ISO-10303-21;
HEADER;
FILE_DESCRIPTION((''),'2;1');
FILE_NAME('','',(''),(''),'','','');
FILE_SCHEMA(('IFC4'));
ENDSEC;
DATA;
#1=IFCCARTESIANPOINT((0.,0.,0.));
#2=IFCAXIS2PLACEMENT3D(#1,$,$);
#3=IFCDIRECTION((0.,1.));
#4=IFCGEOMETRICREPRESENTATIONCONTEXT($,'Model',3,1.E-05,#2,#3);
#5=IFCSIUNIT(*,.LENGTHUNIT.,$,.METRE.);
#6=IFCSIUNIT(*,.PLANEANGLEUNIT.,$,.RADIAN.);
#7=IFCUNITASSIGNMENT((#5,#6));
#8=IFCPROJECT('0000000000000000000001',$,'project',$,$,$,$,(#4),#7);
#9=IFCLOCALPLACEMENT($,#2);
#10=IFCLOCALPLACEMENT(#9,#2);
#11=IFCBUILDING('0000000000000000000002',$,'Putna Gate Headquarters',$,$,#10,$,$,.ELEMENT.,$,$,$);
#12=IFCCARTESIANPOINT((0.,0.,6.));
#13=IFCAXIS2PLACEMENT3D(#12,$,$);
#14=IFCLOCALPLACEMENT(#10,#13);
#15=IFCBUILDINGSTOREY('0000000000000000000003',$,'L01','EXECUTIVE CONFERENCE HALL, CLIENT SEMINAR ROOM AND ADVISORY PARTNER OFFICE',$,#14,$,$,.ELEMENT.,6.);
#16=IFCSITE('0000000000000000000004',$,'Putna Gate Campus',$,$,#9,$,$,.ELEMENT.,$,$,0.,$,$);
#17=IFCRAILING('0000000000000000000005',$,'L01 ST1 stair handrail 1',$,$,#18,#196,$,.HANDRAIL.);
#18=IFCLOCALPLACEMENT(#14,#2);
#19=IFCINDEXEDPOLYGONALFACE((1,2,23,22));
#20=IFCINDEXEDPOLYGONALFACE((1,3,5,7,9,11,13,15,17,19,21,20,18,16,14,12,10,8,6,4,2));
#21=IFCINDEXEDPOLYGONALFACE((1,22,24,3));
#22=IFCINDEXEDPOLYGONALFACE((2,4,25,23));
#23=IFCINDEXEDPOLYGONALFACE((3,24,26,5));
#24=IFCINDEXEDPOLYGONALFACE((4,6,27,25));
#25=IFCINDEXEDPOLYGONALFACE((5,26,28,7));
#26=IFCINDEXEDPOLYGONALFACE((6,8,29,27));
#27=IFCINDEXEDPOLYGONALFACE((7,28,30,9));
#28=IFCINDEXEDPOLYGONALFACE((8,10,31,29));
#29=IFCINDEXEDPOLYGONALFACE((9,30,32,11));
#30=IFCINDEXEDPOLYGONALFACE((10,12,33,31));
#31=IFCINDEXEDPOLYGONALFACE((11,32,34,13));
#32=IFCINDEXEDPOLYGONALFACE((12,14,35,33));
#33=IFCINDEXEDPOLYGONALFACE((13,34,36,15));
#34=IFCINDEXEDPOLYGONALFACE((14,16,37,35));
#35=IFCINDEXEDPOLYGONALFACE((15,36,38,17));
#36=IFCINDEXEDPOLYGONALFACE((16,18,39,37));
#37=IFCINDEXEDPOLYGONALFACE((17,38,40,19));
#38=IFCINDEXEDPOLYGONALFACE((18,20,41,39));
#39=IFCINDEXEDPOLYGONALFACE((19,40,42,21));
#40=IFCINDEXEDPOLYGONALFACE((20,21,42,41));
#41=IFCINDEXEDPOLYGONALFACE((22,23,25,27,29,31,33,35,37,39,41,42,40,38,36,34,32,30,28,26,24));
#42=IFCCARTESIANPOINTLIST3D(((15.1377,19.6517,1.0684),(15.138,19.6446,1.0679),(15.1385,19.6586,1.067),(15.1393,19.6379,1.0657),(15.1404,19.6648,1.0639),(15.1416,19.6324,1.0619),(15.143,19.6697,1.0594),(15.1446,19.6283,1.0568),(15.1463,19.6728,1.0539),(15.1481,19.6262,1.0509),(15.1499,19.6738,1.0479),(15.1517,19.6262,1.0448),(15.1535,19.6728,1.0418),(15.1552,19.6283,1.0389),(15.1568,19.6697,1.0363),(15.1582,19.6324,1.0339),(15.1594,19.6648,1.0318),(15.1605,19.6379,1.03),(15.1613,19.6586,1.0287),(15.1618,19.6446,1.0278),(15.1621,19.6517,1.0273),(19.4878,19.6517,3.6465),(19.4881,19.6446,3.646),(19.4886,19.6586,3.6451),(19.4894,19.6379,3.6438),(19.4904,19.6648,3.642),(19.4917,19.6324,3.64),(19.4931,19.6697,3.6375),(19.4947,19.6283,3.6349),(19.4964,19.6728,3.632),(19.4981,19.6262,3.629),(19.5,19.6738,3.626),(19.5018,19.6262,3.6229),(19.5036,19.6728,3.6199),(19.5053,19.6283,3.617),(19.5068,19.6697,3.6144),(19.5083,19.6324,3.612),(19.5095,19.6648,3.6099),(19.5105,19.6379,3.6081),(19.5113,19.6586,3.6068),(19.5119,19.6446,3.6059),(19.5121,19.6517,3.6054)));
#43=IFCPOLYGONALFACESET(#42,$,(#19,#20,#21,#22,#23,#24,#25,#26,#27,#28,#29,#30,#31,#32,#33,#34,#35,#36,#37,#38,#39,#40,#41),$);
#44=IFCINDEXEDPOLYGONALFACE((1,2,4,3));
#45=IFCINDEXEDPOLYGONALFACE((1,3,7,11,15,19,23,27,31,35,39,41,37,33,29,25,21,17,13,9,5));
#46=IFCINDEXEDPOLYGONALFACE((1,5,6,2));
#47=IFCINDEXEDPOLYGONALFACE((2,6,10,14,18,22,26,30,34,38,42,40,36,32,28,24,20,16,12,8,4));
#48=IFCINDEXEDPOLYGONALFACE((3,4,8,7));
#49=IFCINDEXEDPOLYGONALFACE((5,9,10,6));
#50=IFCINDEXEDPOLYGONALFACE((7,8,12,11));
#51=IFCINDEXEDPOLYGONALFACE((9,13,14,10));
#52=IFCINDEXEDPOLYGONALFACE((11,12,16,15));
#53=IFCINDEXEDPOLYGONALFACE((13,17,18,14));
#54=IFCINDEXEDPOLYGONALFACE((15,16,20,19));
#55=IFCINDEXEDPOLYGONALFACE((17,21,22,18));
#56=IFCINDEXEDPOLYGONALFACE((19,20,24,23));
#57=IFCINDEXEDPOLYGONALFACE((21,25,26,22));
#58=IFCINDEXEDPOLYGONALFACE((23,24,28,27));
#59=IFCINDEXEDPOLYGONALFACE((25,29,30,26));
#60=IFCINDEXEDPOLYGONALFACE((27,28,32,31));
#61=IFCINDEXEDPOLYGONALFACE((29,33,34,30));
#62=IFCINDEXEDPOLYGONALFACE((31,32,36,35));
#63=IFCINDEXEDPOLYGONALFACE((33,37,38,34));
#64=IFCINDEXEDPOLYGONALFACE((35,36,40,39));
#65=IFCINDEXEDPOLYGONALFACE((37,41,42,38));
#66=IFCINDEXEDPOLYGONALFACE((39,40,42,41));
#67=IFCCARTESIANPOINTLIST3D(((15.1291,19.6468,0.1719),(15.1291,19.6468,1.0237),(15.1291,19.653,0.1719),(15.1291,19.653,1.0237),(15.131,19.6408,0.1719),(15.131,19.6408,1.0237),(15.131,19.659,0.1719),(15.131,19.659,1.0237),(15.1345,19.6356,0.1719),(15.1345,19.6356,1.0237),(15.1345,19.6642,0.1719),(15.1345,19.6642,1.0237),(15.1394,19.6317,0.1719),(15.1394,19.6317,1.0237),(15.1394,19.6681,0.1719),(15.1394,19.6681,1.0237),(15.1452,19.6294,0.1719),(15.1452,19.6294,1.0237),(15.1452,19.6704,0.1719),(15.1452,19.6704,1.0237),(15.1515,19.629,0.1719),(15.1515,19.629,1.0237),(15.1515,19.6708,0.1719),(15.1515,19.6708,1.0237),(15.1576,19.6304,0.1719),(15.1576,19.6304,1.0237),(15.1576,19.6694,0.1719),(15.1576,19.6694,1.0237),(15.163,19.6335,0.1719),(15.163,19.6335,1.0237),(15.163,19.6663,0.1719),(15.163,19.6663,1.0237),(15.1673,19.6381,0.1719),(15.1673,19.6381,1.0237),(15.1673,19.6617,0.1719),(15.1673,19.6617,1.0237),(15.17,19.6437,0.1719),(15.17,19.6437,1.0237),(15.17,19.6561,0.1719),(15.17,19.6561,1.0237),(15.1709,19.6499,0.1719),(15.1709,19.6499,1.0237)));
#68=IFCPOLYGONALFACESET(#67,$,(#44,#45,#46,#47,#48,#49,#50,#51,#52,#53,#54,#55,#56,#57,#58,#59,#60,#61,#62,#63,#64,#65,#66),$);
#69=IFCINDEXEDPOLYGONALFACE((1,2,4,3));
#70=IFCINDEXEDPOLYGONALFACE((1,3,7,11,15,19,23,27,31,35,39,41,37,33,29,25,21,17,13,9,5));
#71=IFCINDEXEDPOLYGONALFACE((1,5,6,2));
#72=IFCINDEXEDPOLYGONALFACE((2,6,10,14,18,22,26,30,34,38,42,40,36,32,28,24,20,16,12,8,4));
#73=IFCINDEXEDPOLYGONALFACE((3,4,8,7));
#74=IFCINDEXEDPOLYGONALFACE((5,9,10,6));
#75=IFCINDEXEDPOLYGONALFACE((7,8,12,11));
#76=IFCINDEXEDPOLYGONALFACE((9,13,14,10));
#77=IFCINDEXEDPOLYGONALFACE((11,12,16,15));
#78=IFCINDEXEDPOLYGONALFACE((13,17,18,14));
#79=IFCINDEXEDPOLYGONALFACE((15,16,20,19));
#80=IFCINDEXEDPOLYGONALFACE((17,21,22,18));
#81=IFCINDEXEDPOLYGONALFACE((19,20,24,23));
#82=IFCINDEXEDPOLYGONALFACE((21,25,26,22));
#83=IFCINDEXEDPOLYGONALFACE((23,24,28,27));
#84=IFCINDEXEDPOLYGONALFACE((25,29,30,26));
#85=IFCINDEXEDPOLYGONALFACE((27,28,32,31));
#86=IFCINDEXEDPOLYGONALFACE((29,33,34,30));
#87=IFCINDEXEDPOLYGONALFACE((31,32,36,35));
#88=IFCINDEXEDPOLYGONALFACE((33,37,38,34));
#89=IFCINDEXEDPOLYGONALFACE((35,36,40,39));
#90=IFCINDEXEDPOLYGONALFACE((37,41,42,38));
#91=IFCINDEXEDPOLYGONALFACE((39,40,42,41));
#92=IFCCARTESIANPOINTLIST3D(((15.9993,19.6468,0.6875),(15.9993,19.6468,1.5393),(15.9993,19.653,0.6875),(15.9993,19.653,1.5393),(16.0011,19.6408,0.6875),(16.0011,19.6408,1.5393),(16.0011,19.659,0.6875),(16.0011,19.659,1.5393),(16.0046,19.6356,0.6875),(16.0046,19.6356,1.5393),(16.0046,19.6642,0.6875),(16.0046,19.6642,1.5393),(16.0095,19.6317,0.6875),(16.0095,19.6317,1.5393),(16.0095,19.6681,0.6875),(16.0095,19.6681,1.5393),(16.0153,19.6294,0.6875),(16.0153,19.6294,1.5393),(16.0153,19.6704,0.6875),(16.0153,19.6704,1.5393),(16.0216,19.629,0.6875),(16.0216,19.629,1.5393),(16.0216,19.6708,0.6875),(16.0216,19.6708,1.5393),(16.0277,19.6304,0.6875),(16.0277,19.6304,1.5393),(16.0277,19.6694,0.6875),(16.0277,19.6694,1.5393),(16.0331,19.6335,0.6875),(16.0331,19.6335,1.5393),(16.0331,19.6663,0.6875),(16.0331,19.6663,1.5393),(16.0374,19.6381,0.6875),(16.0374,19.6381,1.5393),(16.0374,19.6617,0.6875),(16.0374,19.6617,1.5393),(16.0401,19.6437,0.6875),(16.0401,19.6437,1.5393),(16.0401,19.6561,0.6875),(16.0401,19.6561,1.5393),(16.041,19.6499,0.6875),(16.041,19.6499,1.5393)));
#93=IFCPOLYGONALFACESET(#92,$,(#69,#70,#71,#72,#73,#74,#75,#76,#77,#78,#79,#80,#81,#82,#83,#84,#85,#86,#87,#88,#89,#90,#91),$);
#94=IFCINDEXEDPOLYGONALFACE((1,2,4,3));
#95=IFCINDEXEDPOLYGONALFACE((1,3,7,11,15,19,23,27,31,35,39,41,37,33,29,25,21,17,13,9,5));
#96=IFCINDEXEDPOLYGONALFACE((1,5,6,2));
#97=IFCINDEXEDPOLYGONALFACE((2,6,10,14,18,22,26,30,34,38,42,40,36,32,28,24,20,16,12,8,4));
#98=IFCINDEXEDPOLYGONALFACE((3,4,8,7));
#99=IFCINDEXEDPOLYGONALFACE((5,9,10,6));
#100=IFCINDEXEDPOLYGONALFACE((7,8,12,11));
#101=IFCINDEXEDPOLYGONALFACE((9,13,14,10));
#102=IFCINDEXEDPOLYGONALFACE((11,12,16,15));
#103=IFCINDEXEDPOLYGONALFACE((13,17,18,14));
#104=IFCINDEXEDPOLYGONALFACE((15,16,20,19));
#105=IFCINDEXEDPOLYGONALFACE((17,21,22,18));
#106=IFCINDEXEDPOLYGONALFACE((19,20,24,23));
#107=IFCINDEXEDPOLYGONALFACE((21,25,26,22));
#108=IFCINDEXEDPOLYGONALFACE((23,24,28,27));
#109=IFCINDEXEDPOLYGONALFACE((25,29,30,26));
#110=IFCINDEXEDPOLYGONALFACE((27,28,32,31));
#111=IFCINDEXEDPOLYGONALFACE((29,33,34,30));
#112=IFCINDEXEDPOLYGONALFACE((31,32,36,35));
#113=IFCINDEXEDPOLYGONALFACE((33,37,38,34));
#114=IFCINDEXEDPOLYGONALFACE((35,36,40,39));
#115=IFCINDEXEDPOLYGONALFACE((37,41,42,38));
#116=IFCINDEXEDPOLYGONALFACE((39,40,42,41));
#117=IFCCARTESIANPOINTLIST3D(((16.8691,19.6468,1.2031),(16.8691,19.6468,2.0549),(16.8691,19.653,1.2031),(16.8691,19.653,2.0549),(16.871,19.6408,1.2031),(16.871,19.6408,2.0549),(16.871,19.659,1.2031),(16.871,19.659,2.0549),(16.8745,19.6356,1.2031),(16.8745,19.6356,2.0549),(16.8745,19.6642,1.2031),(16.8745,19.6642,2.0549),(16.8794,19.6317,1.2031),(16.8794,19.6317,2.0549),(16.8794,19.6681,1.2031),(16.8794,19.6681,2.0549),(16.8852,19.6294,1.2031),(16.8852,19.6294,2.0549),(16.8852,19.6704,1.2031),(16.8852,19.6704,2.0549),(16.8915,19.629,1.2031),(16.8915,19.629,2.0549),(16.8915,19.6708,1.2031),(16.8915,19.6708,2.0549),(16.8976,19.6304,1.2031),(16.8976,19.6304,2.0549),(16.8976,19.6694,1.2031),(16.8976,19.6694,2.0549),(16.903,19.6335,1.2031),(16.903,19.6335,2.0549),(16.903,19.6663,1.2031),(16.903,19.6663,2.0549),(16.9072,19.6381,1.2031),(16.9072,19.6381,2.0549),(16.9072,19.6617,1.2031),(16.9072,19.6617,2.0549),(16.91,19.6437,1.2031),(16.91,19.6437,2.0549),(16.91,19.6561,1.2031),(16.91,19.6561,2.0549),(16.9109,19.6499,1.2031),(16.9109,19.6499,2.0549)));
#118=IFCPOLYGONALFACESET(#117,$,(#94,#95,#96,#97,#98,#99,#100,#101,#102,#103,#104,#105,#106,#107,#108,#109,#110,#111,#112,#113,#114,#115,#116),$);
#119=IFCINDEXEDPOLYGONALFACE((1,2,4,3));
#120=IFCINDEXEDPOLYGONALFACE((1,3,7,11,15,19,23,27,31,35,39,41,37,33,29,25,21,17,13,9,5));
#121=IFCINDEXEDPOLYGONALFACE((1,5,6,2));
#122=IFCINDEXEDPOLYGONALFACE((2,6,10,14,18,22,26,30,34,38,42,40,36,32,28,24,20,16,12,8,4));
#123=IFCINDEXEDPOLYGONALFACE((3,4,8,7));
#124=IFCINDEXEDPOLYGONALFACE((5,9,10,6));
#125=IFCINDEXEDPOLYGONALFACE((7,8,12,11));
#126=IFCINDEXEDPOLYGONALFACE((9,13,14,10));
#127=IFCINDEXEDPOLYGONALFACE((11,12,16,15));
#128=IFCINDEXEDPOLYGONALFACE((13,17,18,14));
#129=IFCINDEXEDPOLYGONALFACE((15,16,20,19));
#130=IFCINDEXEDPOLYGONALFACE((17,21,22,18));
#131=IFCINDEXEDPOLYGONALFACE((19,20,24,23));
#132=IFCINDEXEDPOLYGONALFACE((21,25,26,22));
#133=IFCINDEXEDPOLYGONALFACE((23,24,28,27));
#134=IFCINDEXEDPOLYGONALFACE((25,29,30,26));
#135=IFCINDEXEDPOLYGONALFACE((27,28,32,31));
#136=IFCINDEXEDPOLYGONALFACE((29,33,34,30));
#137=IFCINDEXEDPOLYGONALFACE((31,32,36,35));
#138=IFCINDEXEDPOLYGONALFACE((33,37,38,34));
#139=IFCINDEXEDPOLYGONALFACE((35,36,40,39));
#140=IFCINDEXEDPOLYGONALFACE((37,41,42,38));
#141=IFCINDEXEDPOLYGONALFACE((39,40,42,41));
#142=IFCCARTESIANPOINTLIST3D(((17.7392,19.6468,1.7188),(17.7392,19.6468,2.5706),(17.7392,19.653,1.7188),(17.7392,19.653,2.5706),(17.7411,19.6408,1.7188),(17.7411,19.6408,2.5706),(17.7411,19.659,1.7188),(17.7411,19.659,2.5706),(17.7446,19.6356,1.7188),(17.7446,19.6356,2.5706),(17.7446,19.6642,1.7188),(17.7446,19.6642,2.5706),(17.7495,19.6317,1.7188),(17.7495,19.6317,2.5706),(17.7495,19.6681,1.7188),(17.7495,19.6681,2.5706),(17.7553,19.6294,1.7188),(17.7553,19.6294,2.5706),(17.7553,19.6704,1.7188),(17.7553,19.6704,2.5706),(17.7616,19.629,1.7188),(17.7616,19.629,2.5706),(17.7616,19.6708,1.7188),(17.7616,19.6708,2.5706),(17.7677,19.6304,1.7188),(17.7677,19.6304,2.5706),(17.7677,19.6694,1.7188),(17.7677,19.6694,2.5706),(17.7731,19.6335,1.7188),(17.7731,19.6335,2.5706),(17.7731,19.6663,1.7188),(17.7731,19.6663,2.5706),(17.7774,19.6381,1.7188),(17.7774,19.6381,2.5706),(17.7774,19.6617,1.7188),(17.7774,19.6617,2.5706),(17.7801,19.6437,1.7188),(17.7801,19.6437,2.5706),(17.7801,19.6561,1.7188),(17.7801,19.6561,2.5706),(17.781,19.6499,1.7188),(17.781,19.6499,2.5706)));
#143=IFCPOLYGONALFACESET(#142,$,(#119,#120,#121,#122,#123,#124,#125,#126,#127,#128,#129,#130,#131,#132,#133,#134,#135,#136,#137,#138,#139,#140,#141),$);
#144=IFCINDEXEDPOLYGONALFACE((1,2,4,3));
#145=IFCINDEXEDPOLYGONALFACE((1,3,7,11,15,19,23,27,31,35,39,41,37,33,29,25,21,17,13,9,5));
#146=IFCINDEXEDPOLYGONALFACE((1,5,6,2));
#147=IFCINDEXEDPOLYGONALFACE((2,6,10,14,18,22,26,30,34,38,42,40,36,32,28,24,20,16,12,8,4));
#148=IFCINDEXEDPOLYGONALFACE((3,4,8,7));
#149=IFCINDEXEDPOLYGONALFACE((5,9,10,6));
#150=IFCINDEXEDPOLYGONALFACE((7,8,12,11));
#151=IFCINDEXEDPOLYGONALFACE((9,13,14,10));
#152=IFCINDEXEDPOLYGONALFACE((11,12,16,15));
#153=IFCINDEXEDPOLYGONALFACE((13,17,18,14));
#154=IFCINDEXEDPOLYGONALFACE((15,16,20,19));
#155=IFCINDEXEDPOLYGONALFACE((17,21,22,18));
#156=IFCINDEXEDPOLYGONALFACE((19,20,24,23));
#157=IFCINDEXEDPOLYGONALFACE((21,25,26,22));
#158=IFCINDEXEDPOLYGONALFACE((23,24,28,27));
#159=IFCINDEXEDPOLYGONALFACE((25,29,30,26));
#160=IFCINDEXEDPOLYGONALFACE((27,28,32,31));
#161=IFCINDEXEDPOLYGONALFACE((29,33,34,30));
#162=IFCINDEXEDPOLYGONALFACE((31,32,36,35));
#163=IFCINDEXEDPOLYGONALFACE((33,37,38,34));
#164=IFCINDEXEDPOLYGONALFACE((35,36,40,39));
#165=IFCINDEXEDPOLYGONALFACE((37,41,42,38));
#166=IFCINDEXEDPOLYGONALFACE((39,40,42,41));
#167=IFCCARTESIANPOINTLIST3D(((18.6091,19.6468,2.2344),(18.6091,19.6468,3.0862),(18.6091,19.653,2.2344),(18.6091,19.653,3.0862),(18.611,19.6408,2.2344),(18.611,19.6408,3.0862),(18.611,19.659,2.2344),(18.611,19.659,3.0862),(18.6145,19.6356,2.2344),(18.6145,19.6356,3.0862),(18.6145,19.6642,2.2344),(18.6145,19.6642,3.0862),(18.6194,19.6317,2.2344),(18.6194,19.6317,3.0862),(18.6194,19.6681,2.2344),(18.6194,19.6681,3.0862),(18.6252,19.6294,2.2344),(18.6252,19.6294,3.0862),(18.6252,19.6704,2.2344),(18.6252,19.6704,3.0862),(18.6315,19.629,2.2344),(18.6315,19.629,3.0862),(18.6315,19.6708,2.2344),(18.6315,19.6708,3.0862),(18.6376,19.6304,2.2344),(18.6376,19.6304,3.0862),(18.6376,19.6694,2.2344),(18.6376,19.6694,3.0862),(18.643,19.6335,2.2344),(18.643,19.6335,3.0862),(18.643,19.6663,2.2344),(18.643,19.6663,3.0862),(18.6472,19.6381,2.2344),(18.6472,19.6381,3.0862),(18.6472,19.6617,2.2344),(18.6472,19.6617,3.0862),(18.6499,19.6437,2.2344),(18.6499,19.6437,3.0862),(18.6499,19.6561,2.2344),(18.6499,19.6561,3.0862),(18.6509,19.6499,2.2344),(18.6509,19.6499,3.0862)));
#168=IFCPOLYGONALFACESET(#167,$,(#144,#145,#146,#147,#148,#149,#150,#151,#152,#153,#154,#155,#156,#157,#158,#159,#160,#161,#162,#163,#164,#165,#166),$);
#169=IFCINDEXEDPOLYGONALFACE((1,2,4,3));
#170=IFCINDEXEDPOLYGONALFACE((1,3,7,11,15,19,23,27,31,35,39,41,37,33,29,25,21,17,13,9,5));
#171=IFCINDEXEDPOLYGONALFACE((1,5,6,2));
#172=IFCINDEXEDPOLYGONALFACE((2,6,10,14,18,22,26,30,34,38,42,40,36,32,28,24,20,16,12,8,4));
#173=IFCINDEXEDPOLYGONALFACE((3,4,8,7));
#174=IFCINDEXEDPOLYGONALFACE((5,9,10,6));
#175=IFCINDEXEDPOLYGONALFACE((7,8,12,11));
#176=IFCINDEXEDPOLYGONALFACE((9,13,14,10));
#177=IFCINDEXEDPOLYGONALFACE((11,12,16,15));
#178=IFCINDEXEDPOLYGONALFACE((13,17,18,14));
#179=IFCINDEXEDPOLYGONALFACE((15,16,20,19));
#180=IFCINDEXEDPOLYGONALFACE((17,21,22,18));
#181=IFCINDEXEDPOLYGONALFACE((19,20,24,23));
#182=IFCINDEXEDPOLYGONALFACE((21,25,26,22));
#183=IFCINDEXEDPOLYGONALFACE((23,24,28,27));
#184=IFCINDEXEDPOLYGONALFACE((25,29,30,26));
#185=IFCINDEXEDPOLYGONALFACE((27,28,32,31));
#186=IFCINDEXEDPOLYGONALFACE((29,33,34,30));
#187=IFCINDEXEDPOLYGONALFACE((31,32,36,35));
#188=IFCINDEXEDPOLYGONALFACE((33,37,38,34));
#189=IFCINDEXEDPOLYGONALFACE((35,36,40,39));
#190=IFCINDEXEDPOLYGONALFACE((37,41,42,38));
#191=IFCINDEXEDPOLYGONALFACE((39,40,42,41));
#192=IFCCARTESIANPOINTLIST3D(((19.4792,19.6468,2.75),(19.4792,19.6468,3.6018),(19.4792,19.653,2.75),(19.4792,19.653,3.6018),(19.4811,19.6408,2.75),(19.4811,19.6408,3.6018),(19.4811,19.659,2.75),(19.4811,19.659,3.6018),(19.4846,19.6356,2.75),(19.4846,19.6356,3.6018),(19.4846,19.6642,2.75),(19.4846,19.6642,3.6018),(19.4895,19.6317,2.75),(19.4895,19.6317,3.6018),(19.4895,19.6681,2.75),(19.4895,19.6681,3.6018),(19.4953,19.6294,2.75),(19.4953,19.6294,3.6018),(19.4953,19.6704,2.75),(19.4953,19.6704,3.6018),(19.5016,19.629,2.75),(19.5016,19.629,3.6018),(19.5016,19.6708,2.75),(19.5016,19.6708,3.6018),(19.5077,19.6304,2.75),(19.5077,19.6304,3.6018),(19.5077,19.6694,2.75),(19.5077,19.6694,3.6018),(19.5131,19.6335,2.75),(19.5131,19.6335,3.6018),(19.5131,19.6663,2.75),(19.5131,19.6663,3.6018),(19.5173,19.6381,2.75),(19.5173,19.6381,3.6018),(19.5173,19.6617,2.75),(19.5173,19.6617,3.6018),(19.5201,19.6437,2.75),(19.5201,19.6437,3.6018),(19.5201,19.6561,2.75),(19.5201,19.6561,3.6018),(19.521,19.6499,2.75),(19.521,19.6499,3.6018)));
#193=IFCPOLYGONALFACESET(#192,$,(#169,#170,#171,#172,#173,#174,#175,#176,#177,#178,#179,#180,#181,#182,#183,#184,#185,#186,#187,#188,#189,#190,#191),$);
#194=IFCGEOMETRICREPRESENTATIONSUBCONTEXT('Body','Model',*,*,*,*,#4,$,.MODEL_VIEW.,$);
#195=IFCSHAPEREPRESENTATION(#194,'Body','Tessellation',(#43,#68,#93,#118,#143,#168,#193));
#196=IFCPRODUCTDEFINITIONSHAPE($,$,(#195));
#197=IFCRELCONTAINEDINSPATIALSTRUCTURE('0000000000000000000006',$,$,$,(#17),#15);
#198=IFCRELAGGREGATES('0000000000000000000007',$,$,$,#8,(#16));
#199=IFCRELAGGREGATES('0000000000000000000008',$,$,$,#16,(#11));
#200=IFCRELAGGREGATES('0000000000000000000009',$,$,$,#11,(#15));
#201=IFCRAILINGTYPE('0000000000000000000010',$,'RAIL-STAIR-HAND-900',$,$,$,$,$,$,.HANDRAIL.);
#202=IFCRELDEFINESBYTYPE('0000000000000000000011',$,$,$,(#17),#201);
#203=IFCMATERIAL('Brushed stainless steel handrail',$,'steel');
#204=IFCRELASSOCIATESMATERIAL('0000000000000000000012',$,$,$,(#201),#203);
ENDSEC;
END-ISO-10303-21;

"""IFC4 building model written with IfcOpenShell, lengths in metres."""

from ifc_helpers import new_model, si_unit, direction, frame, origin, origin_2d, place, context, subcontext, project, spatial, circle, extrude, material, type_object, element, save


model = new_model("IFC4")

# Units and contexts
model_context = context("Model", 3, precision=1e-05, world=origin(), true_north=direction((0.0, 1.0)))
body_context = subcontext(model_context, "Body", "Model", "MODEL_VIEW")
ifc_project = project(units=[si_unit("LENGTHUNIT", "METRE"), si_unit("PLANEANGLEUNIT", "RADIAN")], contexts=[model_context])

# Site, building, storey
site_placement = place(None, origin())
site = spatial("IfcSite", under=ifc_project, at=site_placement, Name="Putna Gate Campus", CompositionType="ELEMENT", RefElevation=0.0)
building_placement = place(site_placement, origin())
building = spatial("IfcBuilding", under=site, at=building_placement, Name="Putna Gate Headquarters", CompositionType="ELEMENT")
storey_placement = place(building_placement, frame((0.0, 0.0, 6.0)))
storey = spatial("IfcBuildingStorey", under=building, at=storey_placement, Name="L01", Description="EXECUTIVE CONFERENCE HALL, CLIENT SEMINAR ROOM AND ADVISORY PARTNER OFFICE", CompositionType="ELEMENT", Elevation=6.0)

# Railing
ifc_material_1 = material(Name="Brushed stainless steel handrail", Category="steel")
railing_type = type_object("IfcRailingType", Name="RAIL-STAIR-HAND-900", PredefinedType="HANDRAIL", material=ifc_material_1)
railing_placement = place(storey_placement, frame((15.1499, 19.6499, 0.1719)))
element("IfcRailing", 1, at=railing_placement, inside=storey, type_object=railing_type, Name="L01 ST1 stair handrail 1", PredefinedType="HANDRAIL", context=body_context, shape_type="SweptSolid", body=[
    extrude(circle(Radius=0.0239, at=origin_2d()), frame((0.0, 0.0, 0.876), z_axis=(0.860266, 0.0, 0.509845), x_axis=(0.0, 1.0, 0.0)), (0.0, 0.0, 1.0), 5.0566),
    extrude(circle(Radius=0.021, at=origin_2d()), origin(), (0.0, 0.0, 1.0), 0.8518),
    extrude(circle(Radius=0.021, at=origin_2d()), frame((0.8701, 0.0, 0.5156)), (0.0, 0.0, 1.0), 0.8518),
    extrude(circle(Radius=0.021, at=origin_2d()), frame((1.74, 0.0, 1.0312)), (0.0, 0.0, 1.0), 0.8518),
    extrude(circle(Radius=0.021, at=origin_2d()), frame((2.6101, 0.0, 1.5469)), (0.0, 0.0, 1.0), 0.8518),
    extrude(circle(Radius=0.021, at=origin_2d()), frame((3.48, 0.0, 2.0625)), (0.0, 0.0, 1.0), 0.8518),
    extrude(circle(Radius=0.021, at=origin_2d()), frame((4.3501, 0.0, 2.5781)), (0.0, 0.0, 1.0), 0.8518),
])

save(model, "model.ifc")
